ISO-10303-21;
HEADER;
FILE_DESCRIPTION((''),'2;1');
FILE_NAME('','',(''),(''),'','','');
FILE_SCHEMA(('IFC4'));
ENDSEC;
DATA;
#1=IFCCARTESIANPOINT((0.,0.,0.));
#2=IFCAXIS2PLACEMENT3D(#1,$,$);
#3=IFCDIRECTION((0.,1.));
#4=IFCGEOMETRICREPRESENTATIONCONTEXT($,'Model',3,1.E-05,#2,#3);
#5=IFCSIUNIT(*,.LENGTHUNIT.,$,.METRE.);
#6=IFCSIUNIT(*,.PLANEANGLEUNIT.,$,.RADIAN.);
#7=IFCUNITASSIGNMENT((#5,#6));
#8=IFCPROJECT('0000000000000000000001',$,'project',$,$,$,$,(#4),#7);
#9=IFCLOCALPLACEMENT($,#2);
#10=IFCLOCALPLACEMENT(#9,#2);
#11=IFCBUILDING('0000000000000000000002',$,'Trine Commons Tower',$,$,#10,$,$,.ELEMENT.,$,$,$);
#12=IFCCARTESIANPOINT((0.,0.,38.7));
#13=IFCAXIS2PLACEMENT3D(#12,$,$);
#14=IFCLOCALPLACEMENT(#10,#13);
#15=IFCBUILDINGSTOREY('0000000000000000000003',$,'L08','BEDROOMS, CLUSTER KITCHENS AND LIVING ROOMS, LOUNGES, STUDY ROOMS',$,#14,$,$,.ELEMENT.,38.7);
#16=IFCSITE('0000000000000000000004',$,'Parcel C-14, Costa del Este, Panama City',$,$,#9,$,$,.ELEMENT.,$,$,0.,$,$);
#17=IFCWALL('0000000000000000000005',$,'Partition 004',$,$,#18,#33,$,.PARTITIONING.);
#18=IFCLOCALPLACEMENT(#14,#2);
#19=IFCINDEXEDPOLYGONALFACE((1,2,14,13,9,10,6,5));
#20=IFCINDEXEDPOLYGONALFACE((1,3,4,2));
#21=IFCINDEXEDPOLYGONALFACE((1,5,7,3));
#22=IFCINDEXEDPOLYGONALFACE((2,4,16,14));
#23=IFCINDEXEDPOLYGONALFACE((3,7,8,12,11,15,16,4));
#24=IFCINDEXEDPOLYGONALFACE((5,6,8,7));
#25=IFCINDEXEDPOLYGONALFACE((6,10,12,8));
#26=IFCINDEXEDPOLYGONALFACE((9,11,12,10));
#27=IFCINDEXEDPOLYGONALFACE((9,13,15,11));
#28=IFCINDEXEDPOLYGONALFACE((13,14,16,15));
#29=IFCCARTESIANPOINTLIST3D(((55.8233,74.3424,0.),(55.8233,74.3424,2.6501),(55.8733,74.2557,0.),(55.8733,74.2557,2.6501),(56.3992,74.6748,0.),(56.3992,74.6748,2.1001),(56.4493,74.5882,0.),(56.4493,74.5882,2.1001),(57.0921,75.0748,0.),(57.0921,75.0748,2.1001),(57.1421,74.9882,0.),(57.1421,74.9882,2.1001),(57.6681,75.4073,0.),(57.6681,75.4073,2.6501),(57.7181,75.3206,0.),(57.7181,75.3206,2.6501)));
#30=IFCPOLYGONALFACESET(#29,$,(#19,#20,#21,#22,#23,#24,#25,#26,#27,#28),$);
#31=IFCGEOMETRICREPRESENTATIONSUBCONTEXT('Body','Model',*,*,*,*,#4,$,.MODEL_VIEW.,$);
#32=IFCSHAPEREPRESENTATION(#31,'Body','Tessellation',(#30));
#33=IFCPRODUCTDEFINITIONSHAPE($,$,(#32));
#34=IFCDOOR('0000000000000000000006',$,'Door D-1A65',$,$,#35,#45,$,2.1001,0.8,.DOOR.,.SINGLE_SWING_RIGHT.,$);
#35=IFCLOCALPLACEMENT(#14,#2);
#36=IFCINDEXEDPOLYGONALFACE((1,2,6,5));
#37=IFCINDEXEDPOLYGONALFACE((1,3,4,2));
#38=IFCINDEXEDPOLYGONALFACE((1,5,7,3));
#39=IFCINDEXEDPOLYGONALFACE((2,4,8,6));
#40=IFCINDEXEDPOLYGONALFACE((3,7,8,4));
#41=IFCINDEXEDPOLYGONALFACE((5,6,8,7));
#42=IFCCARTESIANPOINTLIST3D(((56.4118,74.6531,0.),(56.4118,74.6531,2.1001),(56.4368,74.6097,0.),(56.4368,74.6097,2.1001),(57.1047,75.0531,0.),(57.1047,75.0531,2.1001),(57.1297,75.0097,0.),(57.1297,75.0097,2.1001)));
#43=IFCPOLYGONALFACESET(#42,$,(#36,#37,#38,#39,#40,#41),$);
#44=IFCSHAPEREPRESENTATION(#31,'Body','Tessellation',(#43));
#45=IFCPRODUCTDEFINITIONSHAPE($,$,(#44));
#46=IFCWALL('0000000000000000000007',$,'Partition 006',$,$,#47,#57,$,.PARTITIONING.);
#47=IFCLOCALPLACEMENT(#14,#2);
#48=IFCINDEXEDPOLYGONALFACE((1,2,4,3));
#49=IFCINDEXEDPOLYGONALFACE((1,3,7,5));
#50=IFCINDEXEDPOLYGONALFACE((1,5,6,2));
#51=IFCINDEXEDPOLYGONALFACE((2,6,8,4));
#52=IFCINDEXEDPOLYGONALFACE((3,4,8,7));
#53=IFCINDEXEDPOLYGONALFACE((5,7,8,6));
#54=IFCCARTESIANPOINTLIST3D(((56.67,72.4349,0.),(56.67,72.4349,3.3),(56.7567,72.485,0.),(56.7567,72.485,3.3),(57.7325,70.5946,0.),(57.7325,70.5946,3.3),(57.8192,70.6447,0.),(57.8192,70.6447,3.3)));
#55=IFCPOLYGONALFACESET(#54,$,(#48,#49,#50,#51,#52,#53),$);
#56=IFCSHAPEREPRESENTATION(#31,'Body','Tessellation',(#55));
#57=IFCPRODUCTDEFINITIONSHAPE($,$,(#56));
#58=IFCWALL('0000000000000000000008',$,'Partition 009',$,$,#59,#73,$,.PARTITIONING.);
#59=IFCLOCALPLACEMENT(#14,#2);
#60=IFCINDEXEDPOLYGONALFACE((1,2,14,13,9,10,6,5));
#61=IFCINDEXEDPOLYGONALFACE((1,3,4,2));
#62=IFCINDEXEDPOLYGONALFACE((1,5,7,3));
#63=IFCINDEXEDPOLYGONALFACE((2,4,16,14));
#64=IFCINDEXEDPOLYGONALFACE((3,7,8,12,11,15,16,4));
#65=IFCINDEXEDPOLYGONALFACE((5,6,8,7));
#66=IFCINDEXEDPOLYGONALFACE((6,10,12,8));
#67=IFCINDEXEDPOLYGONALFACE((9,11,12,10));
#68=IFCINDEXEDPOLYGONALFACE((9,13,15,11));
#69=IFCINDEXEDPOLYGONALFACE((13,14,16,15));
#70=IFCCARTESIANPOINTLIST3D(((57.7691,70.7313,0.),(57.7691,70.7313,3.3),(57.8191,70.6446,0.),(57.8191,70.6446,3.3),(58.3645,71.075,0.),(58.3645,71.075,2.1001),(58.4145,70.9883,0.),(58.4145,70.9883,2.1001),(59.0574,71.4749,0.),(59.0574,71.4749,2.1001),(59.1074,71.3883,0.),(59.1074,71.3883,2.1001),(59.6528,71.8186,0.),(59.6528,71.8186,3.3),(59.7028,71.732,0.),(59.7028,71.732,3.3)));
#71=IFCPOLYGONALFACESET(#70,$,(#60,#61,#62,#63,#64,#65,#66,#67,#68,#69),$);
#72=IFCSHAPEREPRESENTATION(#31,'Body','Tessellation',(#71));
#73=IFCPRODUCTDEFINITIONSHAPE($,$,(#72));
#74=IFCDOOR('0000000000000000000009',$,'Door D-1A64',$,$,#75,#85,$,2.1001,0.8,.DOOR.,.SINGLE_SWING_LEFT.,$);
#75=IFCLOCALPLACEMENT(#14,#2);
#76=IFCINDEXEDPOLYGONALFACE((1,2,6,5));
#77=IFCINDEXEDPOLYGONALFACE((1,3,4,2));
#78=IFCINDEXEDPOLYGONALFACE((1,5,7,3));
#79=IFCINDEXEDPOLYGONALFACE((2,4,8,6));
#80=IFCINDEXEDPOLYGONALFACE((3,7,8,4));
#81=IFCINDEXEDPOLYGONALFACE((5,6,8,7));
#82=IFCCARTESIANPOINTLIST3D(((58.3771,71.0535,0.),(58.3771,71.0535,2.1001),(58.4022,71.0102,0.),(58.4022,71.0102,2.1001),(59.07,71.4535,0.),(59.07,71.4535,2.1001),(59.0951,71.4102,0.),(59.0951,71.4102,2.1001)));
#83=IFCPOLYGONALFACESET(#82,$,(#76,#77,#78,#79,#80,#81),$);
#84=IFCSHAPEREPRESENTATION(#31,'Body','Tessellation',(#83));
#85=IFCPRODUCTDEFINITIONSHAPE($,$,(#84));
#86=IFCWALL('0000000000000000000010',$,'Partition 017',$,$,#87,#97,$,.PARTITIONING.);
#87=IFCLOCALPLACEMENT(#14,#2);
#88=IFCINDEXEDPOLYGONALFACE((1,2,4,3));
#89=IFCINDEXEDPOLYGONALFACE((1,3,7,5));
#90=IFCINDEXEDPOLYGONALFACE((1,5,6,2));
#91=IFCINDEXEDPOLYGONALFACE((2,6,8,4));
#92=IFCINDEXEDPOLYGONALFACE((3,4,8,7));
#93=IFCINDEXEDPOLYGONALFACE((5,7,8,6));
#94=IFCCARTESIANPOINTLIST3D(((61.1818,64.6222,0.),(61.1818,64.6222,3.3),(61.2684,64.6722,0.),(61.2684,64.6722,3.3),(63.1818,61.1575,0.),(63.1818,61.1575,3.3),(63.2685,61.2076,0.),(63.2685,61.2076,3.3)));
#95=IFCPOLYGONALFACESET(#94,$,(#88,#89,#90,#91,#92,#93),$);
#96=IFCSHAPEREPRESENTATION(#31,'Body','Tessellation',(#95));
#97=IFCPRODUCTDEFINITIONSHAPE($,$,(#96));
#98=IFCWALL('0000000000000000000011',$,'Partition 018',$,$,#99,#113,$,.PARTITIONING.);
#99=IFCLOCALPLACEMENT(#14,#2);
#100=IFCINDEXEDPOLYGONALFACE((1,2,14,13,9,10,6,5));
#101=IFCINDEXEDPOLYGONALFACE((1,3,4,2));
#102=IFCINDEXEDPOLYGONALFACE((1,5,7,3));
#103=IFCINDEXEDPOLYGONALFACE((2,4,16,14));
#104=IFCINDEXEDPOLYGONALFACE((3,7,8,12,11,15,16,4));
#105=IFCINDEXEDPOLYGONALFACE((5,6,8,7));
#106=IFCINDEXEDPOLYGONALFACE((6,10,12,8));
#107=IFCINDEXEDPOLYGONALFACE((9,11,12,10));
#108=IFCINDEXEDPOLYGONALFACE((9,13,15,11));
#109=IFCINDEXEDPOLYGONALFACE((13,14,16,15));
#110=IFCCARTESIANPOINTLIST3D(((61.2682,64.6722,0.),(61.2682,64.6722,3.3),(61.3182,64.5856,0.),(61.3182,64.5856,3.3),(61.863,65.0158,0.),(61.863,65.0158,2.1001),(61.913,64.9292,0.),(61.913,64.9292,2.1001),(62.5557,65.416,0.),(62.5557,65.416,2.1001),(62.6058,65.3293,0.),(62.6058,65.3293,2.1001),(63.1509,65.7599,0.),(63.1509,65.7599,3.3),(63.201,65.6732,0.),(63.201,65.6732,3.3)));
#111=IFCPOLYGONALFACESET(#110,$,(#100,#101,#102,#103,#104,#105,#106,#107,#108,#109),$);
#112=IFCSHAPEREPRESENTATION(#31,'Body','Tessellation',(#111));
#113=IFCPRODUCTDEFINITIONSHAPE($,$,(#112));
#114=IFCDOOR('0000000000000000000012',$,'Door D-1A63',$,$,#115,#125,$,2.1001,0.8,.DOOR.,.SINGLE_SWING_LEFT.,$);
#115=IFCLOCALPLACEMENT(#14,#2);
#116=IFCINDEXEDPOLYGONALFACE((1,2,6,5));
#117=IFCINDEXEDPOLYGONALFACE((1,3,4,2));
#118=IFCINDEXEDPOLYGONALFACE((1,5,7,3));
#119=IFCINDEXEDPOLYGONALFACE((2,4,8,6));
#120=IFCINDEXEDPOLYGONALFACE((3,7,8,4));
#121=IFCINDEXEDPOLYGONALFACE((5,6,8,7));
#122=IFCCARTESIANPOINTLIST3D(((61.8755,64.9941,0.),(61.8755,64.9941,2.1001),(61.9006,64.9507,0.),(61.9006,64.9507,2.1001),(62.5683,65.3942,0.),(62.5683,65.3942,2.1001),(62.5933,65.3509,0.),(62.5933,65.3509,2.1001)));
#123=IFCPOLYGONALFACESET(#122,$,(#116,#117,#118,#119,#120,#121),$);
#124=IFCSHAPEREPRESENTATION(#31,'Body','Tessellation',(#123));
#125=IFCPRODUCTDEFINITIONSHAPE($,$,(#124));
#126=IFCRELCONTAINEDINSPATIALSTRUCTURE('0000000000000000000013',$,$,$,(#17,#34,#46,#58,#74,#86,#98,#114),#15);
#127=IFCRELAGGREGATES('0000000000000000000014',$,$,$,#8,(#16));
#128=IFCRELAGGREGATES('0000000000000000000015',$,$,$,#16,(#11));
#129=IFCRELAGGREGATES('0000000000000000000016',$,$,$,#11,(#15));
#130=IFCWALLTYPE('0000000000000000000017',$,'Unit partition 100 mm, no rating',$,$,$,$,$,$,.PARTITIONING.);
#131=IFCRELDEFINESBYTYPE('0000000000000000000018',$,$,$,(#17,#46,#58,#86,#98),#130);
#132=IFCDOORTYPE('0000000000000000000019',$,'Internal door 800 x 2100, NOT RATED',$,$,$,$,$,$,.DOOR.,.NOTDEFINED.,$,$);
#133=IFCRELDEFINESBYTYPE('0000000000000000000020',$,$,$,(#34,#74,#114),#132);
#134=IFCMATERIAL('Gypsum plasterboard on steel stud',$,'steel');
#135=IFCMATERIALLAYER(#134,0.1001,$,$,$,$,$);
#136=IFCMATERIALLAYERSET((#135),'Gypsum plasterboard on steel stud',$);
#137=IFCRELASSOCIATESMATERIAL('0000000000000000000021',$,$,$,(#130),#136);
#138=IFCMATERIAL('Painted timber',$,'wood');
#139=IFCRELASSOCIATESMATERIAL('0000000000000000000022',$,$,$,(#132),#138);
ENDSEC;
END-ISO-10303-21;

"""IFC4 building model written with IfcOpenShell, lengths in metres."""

from ifc_helpers import new_model, si_unit, direction, frame, frame_2d, origin, place, context, subcontext, project, spatial, rectangle, extrude, material, layer, layer_set, type_object, element, fill, save


model = new_model("IFC4")

# Units and contexts
model_context = context("Model", 3, precision=1e-05, world=origin(), true_north=direction((0.0, 1.0)))
body_context = subcontext(model_context, "Body", "Model", "MODEL_VIEW")
ifc_project = project(units=[si_unit("LENGTHUNIT", "METRE"), si_unit("PLANEANGLEUNIT", "RADIAN")], contexts=[model_context])

# Site, building, storey
site_placement = place(None, origin())
site = spatial("IfcSite", under=ifc_project, at=site_placement, Name="Parcel C-14, Costa del Este, Panama City", CompositionType="ELEMENT", RefElevation=0.0)
building_placement = place(site_placement, origin())
building = spatial("IfcBuilding", under=site, at=building_placement, Name="Trine Commons Tower", CompositionType="ELEMENT")
storey_placement = place(building_placement, frame((0.0, 0.0, 38.7)))
storey = spatial("IfcBuildingStorey", under=building, at=storey_placement, Name="L08", Description="BEDROOMS, CLUSTER KITCHENS AND LIVING ROOMS, LOUNGES, STUDY ROOMS", CompositionType="ELEMENT", Elevation=38.7)

# Shared definitions
ifc_material_1 = material(Name="Gypsum plasterboard on steel stud", Category="steel")

# Shared definitions
ifc_layer_1 = layer(ifc_material_1, 0.1001)
ifc_layer_set_1 = layer_set([ifc_layer_1], Name="Gypsum plasterboard on steel stud")
wall_type_1 = type_object("IfcWallType", Name="Unit partition 100 mm, no rating", PredefinedType="PARTITIONING", material=ifc_layer_set_1)

# Wall, opening, door
wall_1_placement = place(storey_placement, frame((55.8484, 74.2991, 0.0), z_axis=(0.0, 0.0, 1.0), x_axis=(0.866048, 0.499961, 0.0)))
wall_1 = element("IfcWall", 1, at=wall_1_placement, inside=storey, type_object=wall_type_1, Name="Partition 004", PredefinedType="PARTITIONING", context=body_context, shape_type="SweptSolid", body=[
    extrude(rectangle(XDim=2.1301, YDim=0.1001, at=frame_2d((1.0649, 0.0))), origin(), (0.0, 0.0, 1.0), 2.6501),
])
opening_1_placement = place(wall_1_placement, frame((0.665, 0.0, 0.0)))
opening_1 = element("IfcOpeningElement", 2, at=opening_1_placement, cuts=wall_1, PredefinedType="OPENING", context=body_context, shape_type="SweptSolid", body=[
    extrude(rectangle(XDim=0.8, YDim=2.1001, at=frame_2d((0.3999, 1.05))), frame((0.0, 0.0601, 0.0), z_axis=(0.0, -1.0, 0.0), x_axis=(1.0, 0.0, 0.0)), (0.0, 0.0, 1.0), 0.1201),
])
ifc_material_2 = material(Name="Painted timber", Category="wood")
door_type_1 = type_object("IfcDoorType", Name="Internal door 800 x 2100, NOT RATED", OperationType="NOTDEFINED", PredefinedType="DOOR", material=ifc_material_2)
door_1_placement = place(opening_1_placement, origin())
door_1 = element("IfcDoor", 3, at=door_1_placement, inside=storey, type_object=door_type_1, Name="Door D-1A65", OperationType="SINGLE_SWING_RIGHT", OverallHeight=2.1001, OverallWidth=0.8, PredefinedType="DOOR", context=body_context, shape_type="SweptSolid", body=[
    extrude(rectangle(XDim=0.8, YDim=2.1001, at=frame_2d((0.3999, 1.05))), frame((0.0, 0.0249, 0.0), z_axis=(0.0, -1.0, 0.0), x_axis=(1.0, 0.0, 0.0)), (0.0, 0.0, 1.0), 0.05),
])
fill(opening_1, door_1)

# Wall
wall_2_placement = place(storey_placement, frame((56.7134, 72.46, 0.0), z_axis=(0.0, 0.0, 1.0), x_axis=(0.499994, -0.866029, 0.0)))
element("IfcWall", 4, at=wall_2_placement, inside=storey, type_object=wall_type_1, Name="Partition 006", PredefinedType="PARTITIONING", context=body_context, shape_type="SweptSolid", body=[
    extrude(rectangle(XDim=2.125, YDim=0.1001, at=frame_2d((1.0625, 0.0))), origin(), (0.0, 0.0, 1.0), 3.3),
])

# Wall, opening, door
wall_3_placement = place(storey_placement, frame((57.7942, 70.688, 0.0), z_axis=(0.0, 0.0, 1.0), x_axis=(0.866066, 0.49993, 0.0)))
wall_3 = element("IfcWall", 5, at=wall_3_placement, inside=storey, type_object=wall_type_1, Name="Partition 009", PredefinedType="PARTITIONING", context=body_context, shape_type="SweptSolid", body=[
    extrude(rectangle(XDim=2.175, YDim=0.1001, at=frame_2d((1.0874, 0.0))), origin(), (0.0, 0.0, 1.0), 3.3),
])
opening_2_placement = place(wall_3_placement, frame((0.6875, 0.0, 0.0)))
opening_2 = element("IfcOpeningElement", 6, at=opening_2_placement, cuts=wall_3, PredefinedType="OPENING", context=body_context, shape_type="SweptSolid", body=[
    extrude(rectangle(XDim=0.8, YDim=2.1001, at=frame_2d((0.3999, 1.05))), frame((0.0, 0.0601, 0.0), z_axis=(0.0, -1.0, 0.0), x_axis=(1.0, 0.0, 0.0)), (0.0, 0.0, 1.0), 0.1201),
])
door_2_placement = place(opening_2_placement, frame((0.8, 0.0, 0.0), z_axis=(0.0, 0.0, 1.0), x_axis=(-1.0, 0.0, 0.0)))
door_2 = element("IfcDoor", 7, at=door_2_placement, inside=storey, type_object=door_type_1, Name="Door D-1A64", OperationType="SINGLE_SWING_LEFT", OverallHeight=2.1001, OverallWidth=0.8, PredefinedType="DOOR", context=body_context, shape_type="SweptSolid", body=[
    extrude(rectangle(XDim=0.8, YDim=2.1001, at=frame_2d((0.3999, 1.05))), frame((0.0, 0.0249, 0.0), z_axis=(0.0, -1.0, 0.0), x_axis=(1.0, 0.0, 0.0)), (0.0, 0.0, 1.0), 0.05),
])
fill(opening_2, door_2)

# Wall
wall_4_placement = place(storey_placement, frame((61.2251, 64.6472, 0.0), z_axis=(0.0, 0.0, 1.0), x_axis=(0.499946, -0.866057, 0.0)))
element("IfcWall", 8, at=wall_4_placement, inside=storey, type_object=wall_type_1, Name="Partition 017", PredefinedType="PARTITIONING", context=body_context, shape_type="SweptSolid", body=[
    extrude(rectangle(XDim=4.0005, YDim=0.1001, at=frame_2d((2.0002, 0.0))), origin(), (0.0, 0.0, 1.0), 3.3),
])

# Wall, opening, door
wall_5_placement = place(storey_placement, frame((61.2932, 64.6289, 0.0), z_axis=(0.0, 0.0, 1.0), x_axis=(0.865905, 0.500208, 0.0)))
wall_5 = element("IfcWall", 9, at=wall_5_placement, inside=storey, type_object=wall_type_1, Name="Partition 018", PredefinedType="PARTITIONING", context=body_context, shape_type="SweptSolid", body=[
    extrude(rectangle(XDim=2.1743, YDim=0.1001, at=frame_2d((1.0872, 0.0))), origin(), (0.0, 0.0, 1.0), 3.3),
])
opening_3_placement = place(wall_5_placement, frame((0.687, 0.0, 0.0)))
opening_3 = element("IfcOpeningElement", 10, at=opening_3_placement, cuts=wall_5, PredefinedType="OPENING", context=body_context, shape_type="SweptSolid", body=[
    extrude(rectangle(XDim=0.8, YDim=2.1001, at=frame_2d((0.3999, 1.05))), frame((0.0, 0.0601, 0.0), z_axis=(0.0, -1.0, 0.0), x_axis=(1.0, 0.0, 0.0)), (0.0, 0.0, 1.0), 0.1201),
])
door_3_placement = place(opening_3_placement, origin())
door_3 = element("IfcDoor", 11, at=door_3_placement, inside=storey, type_object=door_type_1, Name="Door D-1A63", OperationType="SINGLE_SWING_LEFT", OverallHeight=2.1001, OverallWidth=0.8, PredefinedType="DOOR", context=body_context, shape_type="SweptSolid", body=[
    extrude(rectangle(XDim=0.8, YDim=2.1001, at=frame_2d((0.3999, 1.05))), frame((0.0, 0.0249, 0.0), z_axis=(0.0, -1.0, 0.0), x_axis=(1.0, 0.0, 0.0)), (0.0, 0.0, 1.0), 0.05),
])
fill(opening_3, door_3)

save(model, "model.ifc")
